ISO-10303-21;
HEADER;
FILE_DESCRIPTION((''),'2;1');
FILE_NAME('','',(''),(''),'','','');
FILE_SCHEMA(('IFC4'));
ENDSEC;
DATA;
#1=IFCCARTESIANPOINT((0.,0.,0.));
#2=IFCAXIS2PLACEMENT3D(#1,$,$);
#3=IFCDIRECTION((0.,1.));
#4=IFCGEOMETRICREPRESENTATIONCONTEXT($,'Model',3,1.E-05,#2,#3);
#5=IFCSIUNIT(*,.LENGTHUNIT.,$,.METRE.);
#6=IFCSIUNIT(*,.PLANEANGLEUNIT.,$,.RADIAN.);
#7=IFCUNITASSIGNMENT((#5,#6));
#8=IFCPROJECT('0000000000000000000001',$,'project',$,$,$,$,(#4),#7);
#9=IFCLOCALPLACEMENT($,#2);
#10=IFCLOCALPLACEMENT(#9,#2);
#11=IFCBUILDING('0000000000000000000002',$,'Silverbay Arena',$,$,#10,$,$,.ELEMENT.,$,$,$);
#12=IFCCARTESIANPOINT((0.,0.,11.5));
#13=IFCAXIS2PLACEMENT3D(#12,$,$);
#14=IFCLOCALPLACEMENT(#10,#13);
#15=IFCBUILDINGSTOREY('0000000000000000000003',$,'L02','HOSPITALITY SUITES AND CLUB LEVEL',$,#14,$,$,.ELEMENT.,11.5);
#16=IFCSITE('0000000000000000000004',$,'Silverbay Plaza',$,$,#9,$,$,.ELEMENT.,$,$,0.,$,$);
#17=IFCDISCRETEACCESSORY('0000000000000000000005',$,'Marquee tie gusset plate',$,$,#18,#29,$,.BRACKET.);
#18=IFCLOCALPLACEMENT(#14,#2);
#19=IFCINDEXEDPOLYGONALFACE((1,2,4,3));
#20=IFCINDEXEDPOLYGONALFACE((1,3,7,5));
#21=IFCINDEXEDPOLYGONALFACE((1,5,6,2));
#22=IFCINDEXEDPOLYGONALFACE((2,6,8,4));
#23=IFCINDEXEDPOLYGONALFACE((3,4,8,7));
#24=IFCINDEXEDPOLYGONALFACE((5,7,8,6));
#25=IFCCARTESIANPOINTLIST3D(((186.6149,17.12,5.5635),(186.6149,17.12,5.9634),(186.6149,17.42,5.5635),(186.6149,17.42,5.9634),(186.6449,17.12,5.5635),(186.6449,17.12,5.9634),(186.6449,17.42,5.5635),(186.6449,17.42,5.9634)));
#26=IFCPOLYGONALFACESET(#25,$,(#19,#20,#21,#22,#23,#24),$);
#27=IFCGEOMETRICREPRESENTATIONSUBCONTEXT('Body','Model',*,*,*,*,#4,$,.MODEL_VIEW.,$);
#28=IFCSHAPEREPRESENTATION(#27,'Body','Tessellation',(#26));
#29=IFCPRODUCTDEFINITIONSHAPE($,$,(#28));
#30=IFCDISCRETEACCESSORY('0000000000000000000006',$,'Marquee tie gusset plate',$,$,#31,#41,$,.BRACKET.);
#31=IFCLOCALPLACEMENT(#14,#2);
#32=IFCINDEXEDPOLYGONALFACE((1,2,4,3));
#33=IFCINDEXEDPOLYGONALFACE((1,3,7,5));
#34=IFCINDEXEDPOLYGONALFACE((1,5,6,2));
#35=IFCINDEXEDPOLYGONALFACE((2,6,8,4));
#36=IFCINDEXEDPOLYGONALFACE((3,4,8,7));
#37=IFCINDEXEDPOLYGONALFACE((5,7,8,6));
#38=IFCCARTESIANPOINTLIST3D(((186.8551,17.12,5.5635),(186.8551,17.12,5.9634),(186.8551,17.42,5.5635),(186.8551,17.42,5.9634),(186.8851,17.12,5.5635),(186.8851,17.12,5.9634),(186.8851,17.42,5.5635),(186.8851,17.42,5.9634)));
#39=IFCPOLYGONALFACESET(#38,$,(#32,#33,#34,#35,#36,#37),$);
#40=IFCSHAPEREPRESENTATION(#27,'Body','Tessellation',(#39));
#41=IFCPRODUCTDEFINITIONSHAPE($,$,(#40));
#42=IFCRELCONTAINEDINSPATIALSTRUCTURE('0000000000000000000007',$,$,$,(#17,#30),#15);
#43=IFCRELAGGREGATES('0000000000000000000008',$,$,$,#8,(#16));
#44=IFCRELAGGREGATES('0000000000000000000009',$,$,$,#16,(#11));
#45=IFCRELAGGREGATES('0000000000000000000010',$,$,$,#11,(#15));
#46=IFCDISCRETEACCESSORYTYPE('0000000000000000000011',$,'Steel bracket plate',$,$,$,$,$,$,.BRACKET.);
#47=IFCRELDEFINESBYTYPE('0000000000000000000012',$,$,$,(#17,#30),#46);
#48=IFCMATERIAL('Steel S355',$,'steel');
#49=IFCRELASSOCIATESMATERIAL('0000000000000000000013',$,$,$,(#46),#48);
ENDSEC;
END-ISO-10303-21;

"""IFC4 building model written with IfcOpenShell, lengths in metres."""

from ifc_helpers import new_model, si_unit, direction, frame, origin, origin_2d, place, context, subcontext, project, spatial, rectangle, extrude, material, type_object, element, save


model = new_model("IFC4")

# Units and contexts
model_context = context("Model", 3, precision=1e-05, world=origin(), true_north=direction((0.0, 1.0)))
body_context = subcontext(model_context, "Body", "Model", "MODEL_VIEW")
ifc_project = project(units=[si_unit("LENGTHUNIT", "METRE"), si_unit("PLANEANGLEUNIT", "RADIAN")], contexts=[model_context])

# Site, building, storey
site_placement = place(None, origin())
site = spatial("IfcSite", under=ifc_project, at=site_placement, Name="Silverbay Plaza", CompositionType="ELEMENT", RefElevation=0.0)
building_placement = place(site_placement, origin())
building = spatial("IfcBuilding", under=site, at=building_placement, Name="Silverbay Arena", CompositionType="ELEMENT")
storey_placement = place(building_placement, frame((0.0, 0.0, 11.5)))
storey = spatial("IfcBuildingStorey", under=building, at=storey_placement, Name="L02", Description="HOSPITALITY SUITES AND CLUB LEVEL", CompositionType="ELEMENT", Elevation=11.5)

# Discrete accessories
ifc_material_1 = material(Name="Steel S355", Category="steel")
discrete_accessory_type = type_object("IfcDiscreteAccessoryType", Name="Steel bracket plate", PredefinedType="BRACKET", material=ifc_material_1)
for number, where, z_axis, x_axis, name in (
    (1, (186.6299, 17.27, 5.5635), (0.0, 0.0, 1.0), (1.0, 0.0, 0.0), "Marquee tie gusset plate"),
    (2, (186.8701, 17.27, 5.5635), (0.0, 0.0, 1.0), (1.0, 0.0, 0.0), "Marquee tie gusset plate"),
):
    element("IfcDiscreteAccessory", number, at=place(storey_placement, frame(where, z_axis=z_axis, x_axis=x_axis)), inside=storey, type_object=discrete_accessory_type, Name=name, PredefinedType="BRACKET", context=body_context, shape_type="SweptSolid", body=[
        extrude(rectangle(XDim=0.03, YDim=0.3, at=origin_2d()), origin(), (0.0, 0.0, 1.0), 0.3999),
    ])

save(model, "model.ifc")
